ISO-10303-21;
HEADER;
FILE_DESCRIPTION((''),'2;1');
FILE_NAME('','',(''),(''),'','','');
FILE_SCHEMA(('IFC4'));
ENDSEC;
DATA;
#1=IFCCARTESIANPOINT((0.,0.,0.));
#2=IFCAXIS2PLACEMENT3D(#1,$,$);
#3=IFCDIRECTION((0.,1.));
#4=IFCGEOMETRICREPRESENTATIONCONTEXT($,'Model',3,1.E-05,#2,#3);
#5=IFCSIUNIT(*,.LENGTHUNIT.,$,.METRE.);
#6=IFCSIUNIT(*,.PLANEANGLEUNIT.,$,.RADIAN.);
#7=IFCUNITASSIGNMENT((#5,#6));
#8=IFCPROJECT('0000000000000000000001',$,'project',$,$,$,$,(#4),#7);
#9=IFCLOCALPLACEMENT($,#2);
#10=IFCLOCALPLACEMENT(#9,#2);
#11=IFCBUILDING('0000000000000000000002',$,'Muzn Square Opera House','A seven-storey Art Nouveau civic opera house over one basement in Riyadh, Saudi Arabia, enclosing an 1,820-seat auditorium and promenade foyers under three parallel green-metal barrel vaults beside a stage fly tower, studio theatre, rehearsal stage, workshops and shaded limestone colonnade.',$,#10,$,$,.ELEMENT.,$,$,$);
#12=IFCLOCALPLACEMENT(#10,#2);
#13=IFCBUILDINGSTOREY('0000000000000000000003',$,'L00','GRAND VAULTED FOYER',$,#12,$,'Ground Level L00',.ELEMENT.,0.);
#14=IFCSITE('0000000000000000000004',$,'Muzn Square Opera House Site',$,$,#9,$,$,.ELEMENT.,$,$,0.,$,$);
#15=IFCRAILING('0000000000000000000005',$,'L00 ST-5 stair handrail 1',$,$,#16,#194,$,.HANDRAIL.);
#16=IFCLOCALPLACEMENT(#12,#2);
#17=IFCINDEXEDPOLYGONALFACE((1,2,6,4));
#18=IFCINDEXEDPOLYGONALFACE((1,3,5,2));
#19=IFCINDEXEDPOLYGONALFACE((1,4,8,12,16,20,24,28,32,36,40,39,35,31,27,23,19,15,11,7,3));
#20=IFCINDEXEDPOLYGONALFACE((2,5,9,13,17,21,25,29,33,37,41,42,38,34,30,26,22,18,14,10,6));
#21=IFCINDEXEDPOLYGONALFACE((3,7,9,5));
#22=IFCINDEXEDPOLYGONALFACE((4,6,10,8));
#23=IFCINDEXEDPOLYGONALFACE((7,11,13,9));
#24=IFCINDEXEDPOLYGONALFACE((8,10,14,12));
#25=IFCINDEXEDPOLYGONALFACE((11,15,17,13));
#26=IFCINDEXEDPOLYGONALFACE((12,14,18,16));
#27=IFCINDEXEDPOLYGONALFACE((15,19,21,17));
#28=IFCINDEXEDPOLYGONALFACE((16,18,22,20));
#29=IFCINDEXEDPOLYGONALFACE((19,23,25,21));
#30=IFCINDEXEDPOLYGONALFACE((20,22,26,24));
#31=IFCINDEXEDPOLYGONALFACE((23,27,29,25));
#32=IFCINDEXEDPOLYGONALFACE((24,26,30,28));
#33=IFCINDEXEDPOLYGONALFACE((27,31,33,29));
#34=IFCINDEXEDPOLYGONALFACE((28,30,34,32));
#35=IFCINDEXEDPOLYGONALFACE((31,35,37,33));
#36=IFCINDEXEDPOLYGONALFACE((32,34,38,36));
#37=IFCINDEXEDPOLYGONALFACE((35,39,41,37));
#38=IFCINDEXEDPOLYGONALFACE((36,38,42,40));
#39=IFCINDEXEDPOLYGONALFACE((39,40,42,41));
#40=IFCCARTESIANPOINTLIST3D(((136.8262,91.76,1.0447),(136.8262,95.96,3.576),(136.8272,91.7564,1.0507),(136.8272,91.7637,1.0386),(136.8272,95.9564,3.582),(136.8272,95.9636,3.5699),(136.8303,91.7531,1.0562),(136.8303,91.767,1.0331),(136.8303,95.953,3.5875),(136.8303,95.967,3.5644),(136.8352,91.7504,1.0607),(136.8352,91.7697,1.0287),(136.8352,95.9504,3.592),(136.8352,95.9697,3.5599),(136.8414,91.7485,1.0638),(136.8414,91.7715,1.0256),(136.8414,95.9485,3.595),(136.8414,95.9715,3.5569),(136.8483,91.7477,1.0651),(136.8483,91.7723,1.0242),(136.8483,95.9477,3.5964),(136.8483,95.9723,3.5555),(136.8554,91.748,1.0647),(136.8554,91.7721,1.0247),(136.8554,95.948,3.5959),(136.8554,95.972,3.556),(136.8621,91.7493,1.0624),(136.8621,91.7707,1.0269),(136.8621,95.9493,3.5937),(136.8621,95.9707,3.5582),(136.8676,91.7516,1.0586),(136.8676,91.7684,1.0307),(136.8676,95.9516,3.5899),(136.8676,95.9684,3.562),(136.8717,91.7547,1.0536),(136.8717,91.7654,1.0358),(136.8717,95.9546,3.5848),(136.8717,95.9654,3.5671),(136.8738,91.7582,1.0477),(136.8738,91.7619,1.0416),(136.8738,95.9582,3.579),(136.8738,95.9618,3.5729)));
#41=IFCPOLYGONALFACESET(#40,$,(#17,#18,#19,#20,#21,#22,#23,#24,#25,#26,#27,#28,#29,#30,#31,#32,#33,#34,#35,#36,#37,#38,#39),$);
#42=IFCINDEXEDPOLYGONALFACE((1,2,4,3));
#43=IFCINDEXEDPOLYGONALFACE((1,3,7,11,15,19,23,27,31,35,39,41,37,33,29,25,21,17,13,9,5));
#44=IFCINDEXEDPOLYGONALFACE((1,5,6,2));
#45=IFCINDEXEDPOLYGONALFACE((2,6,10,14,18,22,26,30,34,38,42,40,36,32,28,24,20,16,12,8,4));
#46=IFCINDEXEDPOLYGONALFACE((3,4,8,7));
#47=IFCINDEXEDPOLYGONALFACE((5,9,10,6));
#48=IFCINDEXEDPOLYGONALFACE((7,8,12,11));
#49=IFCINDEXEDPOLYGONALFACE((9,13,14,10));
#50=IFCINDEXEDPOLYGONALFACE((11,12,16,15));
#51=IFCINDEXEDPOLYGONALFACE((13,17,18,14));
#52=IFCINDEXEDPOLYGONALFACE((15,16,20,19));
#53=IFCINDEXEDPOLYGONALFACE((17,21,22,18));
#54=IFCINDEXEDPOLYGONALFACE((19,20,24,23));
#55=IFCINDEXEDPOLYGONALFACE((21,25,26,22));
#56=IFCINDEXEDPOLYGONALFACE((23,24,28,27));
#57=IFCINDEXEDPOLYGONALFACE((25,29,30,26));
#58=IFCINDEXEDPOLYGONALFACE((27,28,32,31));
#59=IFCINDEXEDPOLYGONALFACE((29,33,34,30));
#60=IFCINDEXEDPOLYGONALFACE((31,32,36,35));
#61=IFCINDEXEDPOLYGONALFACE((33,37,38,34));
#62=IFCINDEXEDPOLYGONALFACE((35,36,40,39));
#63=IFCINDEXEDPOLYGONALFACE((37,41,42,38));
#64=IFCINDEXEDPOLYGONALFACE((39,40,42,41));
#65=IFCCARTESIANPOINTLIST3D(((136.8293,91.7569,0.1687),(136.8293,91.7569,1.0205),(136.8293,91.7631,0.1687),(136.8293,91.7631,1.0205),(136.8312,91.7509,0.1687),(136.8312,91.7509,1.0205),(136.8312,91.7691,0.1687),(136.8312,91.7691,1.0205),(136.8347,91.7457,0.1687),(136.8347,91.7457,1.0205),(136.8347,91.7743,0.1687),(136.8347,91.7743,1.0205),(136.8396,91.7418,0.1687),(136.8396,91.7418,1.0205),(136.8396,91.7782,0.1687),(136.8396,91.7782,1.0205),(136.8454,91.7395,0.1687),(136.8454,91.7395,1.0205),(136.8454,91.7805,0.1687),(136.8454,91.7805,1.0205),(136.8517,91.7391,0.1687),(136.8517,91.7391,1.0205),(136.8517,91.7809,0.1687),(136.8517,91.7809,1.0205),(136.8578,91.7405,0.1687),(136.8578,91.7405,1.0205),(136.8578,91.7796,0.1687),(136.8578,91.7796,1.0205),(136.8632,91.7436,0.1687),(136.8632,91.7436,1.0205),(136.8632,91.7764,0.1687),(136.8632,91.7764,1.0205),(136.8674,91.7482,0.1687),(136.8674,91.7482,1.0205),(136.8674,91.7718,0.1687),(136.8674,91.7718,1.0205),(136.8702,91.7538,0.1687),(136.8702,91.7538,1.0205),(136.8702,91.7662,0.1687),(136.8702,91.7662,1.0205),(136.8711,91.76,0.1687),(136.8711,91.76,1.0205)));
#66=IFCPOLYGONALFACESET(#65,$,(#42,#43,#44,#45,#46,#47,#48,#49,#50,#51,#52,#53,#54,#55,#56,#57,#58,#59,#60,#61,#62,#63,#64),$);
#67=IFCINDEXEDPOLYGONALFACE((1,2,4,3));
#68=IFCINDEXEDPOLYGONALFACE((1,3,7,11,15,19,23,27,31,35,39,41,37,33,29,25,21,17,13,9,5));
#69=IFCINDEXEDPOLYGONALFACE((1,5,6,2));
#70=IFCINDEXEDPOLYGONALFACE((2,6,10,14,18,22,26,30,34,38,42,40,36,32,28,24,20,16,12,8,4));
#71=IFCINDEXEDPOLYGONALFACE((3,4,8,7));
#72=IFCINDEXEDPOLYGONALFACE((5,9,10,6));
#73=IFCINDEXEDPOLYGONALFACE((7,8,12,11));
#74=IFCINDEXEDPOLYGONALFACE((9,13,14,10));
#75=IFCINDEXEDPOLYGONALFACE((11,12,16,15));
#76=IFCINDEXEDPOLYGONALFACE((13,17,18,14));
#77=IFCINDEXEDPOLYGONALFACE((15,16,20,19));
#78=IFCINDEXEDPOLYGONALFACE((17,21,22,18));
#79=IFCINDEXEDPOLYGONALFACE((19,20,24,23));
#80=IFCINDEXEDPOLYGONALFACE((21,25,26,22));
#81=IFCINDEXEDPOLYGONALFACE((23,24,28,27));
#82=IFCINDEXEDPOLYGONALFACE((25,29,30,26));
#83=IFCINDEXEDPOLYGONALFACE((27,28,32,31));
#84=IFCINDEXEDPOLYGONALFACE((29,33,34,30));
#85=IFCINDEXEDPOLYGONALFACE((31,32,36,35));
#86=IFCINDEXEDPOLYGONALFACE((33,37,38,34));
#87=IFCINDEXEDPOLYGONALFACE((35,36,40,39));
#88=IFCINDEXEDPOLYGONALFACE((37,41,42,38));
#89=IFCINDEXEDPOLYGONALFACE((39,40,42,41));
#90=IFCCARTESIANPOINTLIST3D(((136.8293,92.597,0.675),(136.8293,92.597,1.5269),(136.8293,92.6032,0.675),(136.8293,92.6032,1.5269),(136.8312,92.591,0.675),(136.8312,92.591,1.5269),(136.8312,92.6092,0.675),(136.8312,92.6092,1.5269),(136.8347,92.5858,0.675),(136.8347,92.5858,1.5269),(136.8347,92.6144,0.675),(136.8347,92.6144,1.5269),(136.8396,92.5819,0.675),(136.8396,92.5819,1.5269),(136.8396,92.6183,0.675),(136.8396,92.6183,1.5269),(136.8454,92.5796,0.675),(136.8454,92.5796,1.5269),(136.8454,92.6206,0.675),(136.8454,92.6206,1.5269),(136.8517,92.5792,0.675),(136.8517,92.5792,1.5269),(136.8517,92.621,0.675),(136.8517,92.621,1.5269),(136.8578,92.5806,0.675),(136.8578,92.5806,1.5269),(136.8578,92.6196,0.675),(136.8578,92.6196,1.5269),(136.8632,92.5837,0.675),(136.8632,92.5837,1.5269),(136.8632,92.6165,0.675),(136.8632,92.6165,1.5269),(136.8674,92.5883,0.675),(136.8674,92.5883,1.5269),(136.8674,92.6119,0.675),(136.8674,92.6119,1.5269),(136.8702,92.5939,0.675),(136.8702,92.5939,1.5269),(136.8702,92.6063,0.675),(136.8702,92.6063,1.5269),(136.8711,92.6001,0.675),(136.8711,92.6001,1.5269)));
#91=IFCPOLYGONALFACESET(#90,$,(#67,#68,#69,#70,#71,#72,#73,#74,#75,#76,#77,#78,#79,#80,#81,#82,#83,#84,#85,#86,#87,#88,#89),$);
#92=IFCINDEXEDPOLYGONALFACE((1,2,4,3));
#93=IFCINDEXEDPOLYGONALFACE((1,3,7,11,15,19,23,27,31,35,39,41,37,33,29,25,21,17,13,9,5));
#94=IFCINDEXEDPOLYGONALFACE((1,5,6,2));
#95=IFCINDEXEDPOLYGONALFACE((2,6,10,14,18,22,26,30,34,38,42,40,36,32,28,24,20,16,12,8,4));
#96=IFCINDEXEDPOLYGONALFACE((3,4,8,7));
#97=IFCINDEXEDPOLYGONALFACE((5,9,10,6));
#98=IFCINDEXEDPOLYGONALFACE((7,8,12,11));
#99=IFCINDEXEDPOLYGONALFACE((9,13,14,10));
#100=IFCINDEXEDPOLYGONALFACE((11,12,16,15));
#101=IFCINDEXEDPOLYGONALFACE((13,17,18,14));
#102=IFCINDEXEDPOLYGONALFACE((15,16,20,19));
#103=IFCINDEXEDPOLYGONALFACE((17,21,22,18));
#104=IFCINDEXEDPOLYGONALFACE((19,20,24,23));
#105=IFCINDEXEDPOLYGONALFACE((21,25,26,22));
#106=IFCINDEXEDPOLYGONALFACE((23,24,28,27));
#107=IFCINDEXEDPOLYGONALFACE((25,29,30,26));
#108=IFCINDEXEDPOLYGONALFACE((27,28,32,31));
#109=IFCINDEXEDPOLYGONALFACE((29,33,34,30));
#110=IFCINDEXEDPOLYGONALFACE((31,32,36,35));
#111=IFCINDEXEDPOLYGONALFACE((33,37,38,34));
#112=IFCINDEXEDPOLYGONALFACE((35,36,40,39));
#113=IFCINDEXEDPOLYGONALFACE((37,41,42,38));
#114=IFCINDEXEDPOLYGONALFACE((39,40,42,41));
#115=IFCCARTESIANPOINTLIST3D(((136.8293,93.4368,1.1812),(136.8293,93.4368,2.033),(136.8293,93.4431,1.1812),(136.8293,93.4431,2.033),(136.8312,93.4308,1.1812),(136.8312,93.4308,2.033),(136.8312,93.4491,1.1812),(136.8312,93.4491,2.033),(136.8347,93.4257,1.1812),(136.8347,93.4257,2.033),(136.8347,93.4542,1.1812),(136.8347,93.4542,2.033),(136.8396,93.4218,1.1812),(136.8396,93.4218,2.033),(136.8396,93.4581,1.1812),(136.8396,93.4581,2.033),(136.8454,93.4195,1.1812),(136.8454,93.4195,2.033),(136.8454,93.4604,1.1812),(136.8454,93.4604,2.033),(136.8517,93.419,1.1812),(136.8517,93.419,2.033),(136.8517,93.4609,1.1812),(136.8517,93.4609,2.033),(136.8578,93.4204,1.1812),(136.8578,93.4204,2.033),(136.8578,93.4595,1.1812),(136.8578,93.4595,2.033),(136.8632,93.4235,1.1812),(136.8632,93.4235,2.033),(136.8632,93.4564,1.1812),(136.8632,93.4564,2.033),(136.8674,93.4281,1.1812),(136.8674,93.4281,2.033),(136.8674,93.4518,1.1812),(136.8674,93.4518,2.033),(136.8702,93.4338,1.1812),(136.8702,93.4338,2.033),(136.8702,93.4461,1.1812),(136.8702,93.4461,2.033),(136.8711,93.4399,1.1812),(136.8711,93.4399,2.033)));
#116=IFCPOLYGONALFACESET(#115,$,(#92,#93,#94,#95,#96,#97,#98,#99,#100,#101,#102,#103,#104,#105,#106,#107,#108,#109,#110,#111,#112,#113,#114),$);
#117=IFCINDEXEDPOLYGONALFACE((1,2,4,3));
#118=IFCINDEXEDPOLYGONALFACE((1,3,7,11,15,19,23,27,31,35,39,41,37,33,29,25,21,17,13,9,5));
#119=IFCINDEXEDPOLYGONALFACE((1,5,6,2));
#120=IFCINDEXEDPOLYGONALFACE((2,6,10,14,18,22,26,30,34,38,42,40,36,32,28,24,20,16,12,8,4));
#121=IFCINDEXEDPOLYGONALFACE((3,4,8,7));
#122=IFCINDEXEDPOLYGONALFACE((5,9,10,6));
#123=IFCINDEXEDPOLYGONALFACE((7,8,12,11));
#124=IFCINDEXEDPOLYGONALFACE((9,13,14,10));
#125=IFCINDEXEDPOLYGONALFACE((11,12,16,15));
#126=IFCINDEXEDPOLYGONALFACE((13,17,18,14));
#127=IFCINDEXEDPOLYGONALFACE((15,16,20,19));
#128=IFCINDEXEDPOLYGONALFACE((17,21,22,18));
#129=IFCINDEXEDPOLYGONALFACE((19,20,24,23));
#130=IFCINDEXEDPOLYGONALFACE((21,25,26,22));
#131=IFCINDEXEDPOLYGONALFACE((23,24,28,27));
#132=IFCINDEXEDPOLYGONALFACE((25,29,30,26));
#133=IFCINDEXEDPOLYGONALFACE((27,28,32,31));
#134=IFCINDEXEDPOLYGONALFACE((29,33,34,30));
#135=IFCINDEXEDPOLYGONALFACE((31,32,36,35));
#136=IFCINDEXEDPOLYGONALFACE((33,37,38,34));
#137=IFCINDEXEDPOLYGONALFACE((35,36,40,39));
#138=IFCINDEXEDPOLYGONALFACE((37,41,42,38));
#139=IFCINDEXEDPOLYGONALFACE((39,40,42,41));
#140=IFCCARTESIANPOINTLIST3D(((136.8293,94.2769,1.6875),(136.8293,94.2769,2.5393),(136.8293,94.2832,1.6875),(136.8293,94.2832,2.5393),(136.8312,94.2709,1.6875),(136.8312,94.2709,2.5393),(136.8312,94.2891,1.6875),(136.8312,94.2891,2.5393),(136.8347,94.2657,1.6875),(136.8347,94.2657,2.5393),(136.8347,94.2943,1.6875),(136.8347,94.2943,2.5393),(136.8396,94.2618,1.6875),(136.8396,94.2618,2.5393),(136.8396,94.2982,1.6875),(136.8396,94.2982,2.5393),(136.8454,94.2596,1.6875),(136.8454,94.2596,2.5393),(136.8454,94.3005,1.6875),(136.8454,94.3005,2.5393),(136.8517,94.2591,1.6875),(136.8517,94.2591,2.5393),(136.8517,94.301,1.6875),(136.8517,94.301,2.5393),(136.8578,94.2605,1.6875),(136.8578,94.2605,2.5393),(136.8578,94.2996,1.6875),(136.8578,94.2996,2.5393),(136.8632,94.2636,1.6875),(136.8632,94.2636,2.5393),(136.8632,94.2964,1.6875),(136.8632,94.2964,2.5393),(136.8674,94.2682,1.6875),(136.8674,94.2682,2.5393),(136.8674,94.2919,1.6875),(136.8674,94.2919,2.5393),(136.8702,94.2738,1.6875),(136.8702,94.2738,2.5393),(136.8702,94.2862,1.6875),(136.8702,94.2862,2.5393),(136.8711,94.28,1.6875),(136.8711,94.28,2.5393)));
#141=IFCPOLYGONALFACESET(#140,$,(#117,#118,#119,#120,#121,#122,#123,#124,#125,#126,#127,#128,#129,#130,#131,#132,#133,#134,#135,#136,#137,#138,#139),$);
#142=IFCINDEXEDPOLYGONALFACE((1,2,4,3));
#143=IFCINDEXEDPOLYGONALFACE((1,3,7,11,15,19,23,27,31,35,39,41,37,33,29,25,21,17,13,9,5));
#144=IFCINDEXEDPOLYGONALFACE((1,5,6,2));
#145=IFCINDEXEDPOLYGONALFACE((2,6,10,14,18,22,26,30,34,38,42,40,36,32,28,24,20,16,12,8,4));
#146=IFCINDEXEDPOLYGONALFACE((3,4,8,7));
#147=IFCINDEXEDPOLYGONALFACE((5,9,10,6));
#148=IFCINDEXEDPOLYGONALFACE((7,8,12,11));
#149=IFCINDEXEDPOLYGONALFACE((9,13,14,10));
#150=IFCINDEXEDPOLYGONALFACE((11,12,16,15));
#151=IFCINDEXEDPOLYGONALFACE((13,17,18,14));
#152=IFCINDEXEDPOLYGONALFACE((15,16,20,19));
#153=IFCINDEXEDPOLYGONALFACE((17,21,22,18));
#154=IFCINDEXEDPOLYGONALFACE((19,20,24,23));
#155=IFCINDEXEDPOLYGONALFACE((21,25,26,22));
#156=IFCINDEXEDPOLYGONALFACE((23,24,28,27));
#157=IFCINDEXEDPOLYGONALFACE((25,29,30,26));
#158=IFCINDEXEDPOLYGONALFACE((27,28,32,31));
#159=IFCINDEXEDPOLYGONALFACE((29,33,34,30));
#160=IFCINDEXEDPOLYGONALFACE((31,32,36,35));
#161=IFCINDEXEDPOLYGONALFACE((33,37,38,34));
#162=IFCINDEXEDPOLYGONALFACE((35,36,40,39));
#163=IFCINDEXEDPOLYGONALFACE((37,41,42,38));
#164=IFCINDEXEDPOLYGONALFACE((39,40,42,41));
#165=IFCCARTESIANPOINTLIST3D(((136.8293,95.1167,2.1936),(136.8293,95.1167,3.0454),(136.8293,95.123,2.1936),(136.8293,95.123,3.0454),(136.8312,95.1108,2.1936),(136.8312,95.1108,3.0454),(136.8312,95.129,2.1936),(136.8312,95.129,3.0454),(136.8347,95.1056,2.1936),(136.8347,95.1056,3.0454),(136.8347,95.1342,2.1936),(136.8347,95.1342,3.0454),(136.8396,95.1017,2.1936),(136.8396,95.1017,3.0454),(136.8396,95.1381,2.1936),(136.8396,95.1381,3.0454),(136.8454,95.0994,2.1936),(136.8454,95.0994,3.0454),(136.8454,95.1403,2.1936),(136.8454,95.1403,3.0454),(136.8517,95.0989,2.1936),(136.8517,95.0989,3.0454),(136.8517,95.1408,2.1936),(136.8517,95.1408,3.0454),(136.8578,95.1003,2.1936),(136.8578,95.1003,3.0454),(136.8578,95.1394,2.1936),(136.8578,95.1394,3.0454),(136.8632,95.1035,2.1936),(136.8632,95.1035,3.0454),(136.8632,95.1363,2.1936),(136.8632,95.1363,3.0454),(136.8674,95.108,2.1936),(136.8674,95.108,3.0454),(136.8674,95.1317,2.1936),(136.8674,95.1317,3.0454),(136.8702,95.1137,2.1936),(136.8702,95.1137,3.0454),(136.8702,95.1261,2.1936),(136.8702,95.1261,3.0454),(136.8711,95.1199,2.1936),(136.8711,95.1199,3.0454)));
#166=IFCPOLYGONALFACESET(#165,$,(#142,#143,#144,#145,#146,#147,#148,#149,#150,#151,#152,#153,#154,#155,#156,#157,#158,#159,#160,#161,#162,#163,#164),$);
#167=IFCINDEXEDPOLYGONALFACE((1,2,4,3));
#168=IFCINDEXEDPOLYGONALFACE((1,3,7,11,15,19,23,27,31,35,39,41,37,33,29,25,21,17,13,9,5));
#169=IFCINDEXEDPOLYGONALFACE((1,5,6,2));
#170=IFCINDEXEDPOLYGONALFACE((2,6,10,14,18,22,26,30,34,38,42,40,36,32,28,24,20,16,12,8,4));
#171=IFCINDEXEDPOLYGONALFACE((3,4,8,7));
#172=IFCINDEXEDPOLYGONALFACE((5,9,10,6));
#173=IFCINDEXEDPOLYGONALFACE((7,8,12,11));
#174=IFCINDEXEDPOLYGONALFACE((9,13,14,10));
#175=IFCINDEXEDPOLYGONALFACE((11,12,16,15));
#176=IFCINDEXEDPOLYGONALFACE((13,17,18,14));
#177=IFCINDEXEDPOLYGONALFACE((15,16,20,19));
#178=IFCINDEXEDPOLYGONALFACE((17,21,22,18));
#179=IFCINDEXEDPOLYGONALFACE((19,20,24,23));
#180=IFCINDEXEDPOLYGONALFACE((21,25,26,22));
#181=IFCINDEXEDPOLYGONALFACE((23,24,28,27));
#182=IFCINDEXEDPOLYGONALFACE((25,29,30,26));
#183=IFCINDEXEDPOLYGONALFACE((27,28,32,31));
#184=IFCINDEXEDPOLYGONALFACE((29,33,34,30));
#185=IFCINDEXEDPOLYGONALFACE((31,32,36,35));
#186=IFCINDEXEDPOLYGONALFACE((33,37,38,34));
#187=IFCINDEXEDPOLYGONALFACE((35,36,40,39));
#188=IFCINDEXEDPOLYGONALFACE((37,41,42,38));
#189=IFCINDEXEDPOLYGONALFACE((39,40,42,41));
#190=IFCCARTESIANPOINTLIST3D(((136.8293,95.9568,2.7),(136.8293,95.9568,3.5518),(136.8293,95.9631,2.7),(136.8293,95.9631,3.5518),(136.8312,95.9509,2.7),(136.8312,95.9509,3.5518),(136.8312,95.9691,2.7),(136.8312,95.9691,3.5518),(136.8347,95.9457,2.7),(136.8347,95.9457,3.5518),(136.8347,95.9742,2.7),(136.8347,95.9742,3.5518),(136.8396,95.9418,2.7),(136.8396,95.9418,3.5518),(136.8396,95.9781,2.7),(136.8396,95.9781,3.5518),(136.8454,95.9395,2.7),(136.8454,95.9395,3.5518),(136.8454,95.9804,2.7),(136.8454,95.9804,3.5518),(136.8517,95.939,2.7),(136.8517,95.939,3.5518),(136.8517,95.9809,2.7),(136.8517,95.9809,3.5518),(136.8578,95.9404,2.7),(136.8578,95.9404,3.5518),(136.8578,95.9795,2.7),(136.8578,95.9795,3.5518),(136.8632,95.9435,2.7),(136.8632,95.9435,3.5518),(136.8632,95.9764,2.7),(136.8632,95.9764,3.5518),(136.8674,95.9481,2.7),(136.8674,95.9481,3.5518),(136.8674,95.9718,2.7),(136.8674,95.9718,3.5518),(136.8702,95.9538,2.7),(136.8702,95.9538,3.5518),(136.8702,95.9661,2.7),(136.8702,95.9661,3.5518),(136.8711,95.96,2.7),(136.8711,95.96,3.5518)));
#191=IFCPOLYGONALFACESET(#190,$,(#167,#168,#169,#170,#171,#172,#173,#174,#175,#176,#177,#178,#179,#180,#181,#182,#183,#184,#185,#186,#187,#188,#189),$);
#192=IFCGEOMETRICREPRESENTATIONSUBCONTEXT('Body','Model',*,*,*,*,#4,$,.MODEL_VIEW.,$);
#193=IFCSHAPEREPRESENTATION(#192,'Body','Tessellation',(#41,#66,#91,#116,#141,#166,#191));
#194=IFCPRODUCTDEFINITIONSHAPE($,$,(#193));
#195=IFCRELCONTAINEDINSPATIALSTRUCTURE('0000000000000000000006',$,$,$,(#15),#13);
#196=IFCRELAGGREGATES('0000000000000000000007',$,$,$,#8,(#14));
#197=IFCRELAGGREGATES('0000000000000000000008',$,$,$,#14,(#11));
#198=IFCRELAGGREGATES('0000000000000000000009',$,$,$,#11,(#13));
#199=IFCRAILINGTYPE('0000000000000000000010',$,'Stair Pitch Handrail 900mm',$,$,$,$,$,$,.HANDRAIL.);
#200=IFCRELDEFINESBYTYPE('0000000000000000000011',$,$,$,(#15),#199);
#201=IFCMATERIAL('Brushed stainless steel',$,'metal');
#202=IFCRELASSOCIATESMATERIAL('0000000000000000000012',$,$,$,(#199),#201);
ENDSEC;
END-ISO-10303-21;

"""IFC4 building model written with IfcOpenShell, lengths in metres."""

from ifc_helpers import new_model, si_unit, direction, frame, origin, origin_2d, place, context, subcontext, project, spatial, circle, extrude, material, type_object, element, save


model = new_model("IFC4")

# Units and contexts
model_context = context("Model", 3, precision=1e-05, world=origin(), true_north=direction((0.0, 1.0)))
body_context = subcontext(model_context, "Body", "Model", "MODEL_VIEW")
ifc_project = project(units=[si_unit("LENGTHUNIT", "METRE"), si_unit("PLANEANGLEUNIT", "RADIAN")], contexts=[model_context])

# Site, building, storey
site_placement = place(None, origin())
site = spatial("IfcSite", under=ifc_project, at=site_placement, Name="Muzn Square Opera House Site", CompositionType="ELEMENT", RefElevation=0.0)
building_placement = place(site_placement, origin())
building = spatial("IfcBuilding", under=site, at=building_placement, Name="Muzn Square Opera House", Description="A seven-storey Art Nouveau civic opera house over one basement in Riyadh, Saudi Arabia, enclosing an 1,820-seat auditorium and promenade foyers under three parallel green-metal barrel vaults beside a stage fly tower, studio theatre, rehearsal stage, workshops and shaded limestone colonnade.", CompositionType="ELEMENT")
storey_placement = place(building_placement, origin())
storey = spatial("IfcBuildingStorey", under=building, at=storey_placement, Name="L00", Description="GRAND VAULTED FOYER", LongName="Ground Level L00", CompositionType="ELEMENT", Elevation=0.0)

# Railing
ifc_material_1 = material(Name="Brushed stainless steel", Category="metal")
railing_type_1 = type_object("IfcRailingType", Name="Stair Pitch Handrail 900mm", PredefinedType="HANDRAIL", material=ifc_material_1)
railing_1_placement = place(storey_placement, frame((136.8501, 91.76, 0.1687)))
element("IfcRailing", 1, at=railing_1_placement, inside=storey, type_object=railing_type_1, Name="L00 ST-5 stair handrail 1", PredefinedType="HANDRAIL", context=body_context, shape_type="SweptSolid", body=[
    extrude(circle(Radius=0.0239, at=origin_2d()), frame((0.0, 0.0, 0.876), z_axis=(0.0, 0.856476, 0.516186), x_axis=(-1.0, 0.0, 0.0)), (0.0, 0.0, 1.0), 4.9038),
    extrude(circle(Radius=0.021, at=origin_2d()), origin(), (0.0, 0.0, 1.0), 0.8518),
    extrude(circle(Radius=0.021, at=origin_2d()), frame((0.0, 0.8401, 0.5063)), (0.0, 0.0, 1.0), 0.8518),
    extrude(circle(Radius=0.021, at=origin_2d()), frame((0.0, 1.6799, 1.0125)), (0.0, 0.0, 1.0), 0.8518),
    extrude(circle(Radius=0.021, at=origin_2d()), frame((0.0, 2.52, 1.5188)), (0.0, 0.0, 1.0), 0.8518),
    extrude(circle(Radius=0.021, at=origin_2d()), frame((0.0, 3.3599, 2.0249)), (0.0, 0.0, 1.0), 0.8518),
    extrude(circle(Radius=0.021, at=origin_2d()), frame((0.0, 4.2, 2.5312)), (0.0, 0.0, 1.0), 0.8518),
])

save(model, "model.ifc")
